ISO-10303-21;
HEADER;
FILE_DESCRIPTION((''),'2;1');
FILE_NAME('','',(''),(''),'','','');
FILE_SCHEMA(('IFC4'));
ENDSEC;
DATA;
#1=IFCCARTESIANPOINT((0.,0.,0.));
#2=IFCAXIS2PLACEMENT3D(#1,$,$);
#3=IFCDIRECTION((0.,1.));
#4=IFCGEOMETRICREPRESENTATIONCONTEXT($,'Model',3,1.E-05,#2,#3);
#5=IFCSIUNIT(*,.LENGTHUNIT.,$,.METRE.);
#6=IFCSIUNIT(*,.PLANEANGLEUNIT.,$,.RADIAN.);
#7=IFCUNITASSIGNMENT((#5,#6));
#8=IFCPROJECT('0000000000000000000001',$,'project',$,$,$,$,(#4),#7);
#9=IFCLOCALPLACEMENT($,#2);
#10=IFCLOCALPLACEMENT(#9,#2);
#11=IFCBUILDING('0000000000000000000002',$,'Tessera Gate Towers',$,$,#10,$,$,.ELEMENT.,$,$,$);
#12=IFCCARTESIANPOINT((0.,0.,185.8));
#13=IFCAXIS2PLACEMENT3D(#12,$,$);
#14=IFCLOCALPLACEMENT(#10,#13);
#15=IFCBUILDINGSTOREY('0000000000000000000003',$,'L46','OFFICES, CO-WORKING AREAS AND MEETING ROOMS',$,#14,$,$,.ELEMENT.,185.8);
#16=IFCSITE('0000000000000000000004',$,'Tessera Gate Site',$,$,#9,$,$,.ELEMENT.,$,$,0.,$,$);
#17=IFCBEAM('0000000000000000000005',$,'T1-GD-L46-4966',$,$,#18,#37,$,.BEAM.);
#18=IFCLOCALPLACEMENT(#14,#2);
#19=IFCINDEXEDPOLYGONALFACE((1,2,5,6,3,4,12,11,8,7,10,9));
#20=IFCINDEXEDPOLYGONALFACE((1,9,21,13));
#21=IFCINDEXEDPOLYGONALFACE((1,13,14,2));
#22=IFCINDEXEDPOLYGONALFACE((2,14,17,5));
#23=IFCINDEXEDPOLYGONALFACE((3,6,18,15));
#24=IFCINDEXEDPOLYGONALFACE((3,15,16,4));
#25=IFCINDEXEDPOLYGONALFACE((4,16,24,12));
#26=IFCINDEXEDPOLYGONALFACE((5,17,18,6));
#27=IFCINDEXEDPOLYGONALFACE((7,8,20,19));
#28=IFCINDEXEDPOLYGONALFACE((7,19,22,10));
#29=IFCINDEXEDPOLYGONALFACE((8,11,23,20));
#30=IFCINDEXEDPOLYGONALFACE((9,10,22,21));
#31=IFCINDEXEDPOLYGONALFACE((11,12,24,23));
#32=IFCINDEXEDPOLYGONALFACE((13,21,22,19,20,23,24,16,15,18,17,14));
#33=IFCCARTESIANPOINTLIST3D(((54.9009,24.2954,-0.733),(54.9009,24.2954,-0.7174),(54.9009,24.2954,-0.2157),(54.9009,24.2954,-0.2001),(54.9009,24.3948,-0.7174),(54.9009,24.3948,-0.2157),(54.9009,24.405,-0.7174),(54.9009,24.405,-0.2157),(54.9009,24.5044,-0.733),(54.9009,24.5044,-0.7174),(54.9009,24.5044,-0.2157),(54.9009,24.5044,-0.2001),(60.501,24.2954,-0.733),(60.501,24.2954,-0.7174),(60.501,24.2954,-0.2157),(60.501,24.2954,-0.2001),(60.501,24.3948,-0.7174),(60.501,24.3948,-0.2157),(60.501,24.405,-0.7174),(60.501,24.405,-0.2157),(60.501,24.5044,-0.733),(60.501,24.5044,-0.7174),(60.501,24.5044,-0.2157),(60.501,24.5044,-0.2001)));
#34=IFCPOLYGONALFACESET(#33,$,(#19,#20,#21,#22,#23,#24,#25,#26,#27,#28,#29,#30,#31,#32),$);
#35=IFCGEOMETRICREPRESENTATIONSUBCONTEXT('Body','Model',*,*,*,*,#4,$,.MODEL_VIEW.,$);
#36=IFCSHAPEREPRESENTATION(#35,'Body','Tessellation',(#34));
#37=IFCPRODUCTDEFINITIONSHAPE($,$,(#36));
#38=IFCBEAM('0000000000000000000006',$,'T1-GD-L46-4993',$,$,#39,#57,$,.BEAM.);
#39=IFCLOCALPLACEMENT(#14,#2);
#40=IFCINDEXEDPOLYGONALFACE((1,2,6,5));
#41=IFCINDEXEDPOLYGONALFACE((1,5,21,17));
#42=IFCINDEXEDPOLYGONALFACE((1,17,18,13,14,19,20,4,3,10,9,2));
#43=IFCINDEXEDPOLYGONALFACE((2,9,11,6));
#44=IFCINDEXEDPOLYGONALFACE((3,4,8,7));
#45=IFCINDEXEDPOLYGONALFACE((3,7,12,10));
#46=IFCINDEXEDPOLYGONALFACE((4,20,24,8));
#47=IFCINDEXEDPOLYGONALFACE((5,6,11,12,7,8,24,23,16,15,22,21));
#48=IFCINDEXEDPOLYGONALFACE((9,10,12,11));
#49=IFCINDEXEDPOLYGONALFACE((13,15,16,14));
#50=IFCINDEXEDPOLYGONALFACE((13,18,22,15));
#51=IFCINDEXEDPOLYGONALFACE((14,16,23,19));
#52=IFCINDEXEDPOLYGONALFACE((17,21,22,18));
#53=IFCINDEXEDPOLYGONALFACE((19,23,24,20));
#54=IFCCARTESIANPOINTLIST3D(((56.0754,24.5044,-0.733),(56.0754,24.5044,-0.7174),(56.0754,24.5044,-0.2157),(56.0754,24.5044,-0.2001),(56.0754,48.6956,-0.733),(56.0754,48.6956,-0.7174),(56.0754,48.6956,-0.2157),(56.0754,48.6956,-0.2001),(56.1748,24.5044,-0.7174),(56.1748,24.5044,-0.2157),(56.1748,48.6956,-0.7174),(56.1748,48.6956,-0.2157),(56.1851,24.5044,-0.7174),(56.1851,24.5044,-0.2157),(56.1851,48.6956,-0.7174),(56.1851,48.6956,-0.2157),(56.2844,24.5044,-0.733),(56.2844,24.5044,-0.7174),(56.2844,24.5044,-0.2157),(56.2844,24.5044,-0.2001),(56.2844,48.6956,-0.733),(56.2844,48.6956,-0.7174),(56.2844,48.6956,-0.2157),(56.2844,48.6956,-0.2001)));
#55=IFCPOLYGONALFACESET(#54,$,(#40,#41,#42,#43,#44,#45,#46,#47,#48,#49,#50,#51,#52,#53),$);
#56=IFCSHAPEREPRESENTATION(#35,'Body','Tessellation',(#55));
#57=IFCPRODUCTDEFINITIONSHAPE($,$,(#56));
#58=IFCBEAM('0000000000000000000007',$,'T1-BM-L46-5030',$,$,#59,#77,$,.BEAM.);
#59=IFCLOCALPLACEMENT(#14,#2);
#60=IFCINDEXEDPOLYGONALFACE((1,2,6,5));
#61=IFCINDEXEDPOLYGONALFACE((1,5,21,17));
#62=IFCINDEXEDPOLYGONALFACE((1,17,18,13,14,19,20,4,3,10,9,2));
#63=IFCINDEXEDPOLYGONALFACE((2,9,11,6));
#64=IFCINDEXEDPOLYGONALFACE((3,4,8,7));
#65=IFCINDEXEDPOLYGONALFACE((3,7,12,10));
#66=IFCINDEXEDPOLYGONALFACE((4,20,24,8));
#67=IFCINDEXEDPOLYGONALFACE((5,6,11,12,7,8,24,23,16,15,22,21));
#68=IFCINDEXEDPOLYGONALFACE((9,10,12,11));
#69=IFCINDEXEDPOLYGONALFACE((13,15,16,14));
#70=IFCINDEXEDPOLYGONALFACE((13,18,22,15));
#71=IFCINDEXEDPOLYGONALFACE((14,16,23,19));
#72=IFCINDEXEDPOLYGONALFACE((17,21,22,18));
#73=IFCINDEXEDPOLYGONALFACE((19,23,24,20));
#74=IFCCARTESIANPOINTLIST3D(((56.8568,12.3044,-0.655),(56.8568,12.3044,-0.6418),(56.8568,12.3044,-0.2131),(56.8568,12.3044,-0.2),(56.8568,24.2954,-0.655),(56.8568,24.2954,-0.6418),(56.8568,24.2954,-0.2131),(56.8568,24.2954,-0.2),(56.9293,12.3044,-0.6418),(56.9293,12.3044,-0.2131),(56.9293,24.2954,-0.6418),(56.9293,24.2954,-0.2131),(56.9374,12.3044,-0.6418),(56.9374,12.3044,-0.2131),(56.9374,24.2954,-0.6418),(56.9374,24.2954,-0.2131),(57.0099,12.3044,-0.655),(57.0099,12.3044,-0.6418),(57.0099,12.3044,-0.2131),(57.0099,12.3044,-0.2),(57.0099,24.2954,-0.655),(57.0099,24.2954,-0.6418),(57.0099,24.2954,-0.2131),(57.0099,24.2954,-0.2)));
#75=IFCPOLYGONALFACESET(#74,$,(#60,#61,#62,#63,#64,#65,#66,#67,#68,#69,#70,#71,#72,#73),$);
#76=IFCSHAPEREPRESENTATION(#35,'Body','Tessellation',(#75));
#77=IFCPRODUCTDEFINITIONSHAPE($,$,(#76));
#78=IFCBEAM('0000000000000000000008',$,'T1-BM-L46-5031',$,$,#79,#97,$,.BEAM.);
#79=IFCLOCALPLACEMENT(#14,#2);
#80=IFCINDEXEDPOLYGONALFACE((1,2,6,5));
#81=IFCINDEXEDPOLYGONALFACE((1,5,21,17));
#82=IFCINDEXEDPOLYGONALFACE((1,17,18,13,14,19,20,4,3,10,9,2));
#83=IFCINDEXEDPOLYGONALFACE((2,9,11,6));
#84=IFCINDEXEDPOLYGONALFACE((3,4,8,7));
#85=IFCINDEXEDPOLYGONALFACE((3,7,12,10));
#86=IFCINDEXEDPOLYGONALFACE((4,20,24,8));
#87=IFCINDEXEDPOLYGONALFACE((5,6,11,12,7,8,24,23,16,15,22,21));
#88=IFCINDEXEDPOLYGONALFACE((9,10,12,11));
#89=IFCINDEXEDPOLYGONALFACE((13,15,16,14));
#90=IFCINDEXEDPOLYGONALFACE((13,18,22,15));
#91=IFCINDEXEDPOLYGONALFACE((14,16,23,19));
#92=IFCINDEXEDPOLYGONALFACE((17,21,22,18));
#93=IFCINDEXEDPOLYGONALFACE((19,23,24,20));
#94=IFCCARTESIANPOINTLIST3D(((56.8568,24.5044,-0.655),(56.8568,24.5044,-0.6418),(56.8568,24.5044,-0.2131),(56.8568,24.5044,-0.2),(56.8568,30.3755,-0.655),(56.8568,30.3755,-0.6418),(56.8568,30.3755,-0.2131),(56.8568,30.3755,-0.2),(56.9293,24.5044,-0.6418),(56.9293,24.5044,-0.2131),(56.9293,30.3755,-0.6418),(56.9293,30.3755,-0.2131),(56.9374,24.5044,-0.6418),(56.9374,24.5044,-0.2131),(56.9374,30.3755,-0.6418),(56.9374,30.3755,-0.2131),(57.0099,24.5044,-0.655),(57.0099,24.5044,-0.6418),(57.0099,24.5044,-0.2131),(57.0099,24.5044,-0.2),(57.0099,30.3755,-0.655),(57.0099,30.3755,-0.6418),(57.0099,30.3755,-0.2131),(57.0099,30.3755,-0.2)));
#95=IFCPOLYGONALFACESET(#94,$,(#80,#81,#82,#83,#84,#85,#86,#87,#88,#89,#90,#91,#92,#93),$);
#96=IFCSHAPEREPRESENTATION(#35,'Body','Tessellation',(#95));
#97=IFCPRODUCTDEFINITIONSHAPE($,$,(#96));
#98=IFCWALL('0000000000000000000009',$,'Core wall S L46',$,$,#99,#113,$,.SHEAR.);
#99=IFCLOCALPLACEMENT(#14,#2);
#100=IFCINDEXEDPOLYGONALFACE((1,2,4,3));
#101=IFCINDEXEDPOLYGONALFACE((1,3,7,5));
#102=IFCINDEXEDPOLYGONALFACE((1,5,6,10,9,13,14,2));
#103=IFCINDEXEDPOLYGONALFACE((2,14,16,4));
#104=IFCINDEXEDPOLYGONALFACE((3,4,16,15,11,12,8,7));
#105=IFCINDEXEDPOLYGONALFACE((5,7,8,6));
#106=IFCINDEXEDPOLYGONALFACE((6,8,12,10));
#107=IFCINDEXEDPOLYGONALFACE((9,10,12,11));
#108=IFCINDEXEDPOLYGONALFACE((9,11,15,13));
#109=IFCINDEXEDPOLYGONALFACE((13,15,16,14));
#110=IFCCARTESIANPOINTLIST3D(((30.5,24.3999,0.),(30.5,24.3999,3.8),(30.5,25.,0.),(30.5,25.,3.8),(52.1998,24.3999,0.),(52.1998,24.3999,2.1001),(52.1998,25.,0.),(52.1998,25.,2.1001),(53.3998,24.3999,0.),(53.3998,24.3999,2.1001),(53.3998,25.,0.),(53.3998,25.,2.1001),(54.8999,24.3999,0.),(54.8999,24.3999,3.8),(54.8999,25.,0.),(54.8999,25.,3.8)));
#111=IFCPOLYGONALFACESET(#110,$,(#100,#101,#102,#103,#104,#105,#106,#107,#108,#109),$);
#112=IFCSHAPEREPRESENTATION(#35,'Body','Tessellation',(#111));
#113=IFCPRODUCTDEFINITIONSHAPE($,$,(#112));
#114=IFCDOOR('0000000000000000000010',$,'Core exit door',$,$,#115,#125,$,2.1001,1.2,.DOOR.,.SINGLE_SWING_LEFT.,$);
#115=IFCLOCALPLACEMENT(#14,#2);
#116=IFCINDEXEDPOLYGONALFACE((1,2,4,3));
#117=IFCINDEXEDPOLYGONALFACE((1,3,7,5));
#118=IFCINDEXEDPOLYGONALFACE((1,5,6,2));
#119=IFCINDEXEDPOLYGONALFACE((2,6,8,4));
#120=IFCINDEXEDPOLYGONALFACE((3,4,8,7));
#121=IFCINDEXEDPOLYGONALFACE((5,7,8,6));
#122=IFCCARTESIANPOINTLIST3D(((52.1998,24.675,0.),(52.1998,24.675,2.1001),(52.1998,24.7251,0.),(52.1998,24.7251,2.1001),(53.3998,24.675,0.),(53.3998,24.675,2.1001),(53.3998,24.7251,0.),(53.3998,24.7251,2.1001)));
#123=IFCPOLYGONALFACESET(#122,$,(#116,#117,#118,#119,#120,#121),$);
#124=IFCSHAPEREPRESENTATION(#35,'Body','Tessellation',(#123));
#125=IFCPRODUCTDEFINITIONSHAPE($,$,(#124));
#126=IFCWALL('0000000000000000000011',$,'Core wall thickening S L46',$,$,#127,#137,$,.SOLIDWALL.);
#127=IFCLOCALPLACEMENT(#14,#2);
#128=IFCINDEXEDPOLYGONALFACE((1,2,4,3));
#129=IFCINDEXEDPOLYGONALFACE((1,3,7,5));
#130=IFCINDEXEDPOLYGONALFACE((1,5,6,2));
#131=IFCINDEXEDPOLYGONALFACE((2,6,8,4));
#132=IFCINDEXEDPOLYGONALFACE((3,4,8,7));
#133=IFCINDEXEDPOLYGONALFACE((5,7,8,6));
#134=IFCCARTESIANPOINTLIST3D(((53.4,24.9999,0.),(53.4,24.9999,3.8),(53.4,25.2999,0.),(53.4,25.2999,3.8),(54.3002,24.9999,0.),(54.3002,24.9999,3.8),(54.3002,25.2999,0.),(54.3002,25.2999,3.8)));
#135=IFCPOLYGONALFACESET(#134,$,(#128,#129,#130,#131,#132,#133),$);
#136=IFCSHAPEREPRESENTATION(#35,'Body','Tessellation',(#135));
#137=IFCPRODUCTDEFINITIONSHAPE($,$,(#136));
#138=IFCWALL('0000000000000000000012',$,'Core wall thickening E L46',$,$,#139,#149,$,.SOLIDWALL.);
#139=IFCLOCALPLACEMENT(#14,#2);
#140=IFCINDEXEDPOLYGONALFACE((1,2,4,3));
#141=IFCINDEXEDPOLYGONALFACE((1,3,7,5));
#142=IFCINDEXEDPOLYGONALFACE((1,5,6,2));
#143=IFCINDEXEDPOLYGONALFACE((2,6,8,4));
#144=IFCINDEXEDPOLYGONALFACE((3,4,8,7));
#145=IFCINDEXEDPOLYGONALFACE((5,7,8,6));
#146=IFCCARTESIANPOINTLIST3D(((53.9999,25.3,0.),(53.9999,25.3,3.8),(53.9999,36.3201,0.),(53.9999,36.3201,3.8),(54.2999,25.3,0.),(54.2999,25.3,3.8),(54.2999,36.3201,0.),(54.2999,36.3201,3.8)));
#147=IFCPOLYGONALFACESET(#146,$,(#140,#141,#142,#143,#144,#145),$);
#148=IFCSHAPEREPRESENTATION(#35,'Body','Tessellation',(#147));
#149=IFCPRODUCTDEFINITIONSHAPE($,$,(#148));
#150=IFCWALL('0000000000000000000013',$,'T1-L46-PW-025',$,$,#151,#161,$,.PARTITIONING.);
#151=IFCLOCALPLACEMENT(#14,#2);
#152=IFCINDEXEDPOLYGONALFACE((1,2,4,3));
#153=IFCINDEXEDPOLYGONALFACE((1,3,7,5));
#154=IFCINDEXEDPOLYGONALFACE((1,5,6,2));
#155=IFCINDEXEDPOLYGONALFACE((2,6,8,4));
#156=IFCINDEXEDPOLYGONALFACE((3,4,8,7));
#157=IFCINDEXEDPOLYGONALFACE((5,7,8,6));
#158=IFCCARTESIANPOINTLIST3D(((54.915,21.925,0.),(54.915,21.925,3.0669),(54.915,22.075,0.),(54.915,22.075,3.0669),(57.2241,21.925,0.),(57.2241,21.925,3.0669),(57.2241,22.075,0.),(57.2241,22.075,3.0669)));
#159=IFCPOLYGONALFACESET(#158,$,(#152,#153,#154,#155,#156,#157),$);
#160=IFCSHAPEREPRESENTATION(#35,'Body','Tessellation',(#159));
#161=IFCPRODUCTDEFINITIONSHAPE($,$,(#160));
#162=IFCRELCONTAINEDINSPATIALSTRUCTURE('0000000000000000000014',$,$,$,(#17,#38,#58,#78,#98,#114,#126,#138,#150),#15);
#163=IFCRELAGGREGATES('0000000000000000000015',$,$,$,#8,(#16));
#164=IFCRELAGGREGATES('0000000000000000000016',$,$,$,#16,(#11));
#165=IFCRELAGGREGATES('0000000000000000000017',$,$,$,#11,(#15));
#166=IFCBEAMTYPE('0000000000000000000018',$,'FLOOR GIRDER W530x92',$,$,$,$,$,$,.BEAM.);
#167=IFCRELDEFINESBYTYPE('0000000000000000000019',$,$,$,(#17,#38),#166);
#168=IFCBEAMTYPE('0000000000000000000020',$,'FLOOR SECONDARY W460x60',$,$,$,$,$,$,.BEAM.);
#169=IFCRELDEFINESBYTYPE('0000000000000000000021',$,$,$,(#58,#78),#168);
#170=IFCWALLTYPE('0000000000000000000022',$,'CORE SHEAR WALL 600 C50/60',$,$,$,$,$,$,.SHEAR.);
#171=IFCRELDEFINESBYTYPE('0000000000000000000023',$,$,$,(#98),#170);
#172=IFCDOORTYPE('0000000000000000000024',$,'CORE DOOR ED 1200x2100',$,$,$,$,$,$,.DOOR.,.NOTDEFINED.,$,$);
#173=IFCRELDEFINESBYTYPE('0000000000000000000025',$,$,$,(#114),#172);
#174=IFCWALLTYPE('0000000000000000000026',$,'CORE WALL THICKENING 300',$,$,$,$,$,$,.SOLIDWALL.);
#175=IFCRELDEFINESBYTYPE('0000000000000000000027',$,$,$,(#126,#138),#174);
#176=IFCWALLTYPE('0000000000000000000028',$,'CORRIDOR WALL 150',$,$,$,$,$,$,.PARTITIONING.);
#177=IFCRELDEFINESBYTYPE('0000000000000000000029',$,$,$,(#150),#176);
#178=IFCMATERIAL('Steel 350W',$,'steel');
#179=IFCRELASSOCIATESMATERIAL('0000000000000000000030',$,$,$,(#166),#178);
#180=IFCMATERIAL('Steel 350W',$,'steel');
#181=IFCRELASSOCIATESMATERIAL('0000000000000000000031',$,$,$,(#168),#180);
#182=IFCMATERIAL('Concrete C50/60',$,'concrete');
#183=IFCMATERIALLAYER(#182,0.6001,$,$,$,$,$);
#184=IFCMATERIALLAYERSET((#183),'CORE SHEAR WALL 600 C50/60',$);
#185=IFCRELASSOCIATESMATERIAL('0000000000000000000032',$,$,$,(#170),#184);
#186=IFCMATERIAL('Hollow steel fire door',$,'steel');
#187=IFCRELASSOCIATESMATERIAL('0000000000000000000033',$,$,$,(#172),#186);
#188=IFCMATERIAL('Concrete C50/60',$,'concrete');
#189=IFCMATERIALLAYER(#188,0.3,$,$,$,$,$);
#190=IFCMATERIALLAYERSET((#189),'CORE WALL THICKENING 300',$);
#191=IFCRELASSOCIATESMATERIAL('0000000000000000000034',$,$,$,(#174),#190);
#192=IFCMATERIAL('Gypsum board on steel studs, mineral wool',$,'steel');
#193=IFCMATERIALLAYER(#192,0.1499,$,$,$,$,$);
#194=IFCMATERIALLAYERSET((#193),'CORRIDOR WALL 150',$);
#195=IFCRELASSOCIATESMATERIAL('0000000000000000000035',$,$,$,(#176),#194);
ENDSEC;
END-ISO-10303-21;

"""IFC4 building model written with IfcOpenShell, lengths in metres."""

from ifc_helpers import new_model, si_unit, direction, frame, frame_2d, origin, origin_2d, place, context, subcontext, project, spatial, rectangle, i_section, extrude, source, transform, mapped, material, layer, layer_set, material_profile, profile_set, type_object, element, fill, save


model = new_model("IFC4")

# Units and contexts
model_context = context("Model", 3, precision=1e-05, world=origin(), true_north=direction((0.0, 1.0)))
body_context = subcontext(model_context, "Body", "Model", "MODEL_VIEW")
ifc_project = project(units=[si_unit("LENGTHUNIT", "METRE"), si_unit("PLANEANGLEUNIT", "RADIAN")], contexts=[model_context])

# Site, building, storey
site_placement = place(None, origin())
site = spatial("IfcSite", under=ifc_project, at=site_placement, Name="Tessera Gate Site", CompositionType="ELEMENT", RefElevation=0.0)
building_placement = place(site_placement, origin())
building = spatial("IfcBuilding", under=site, at=building_placement, Name="Tessera Gate Towers", CompositionType="ELEMENT")
storey_placement = place(building_placement, frame((0.0, 0.0, 185.8)))
storey = spatial("IfcBuildingStorey", under=building, at=storey_placement, Name="L46", Description="OFFICES, CO-WORKING AREAS AND MEETING ROOMS", CompositionType="ELEMENT", Elevation=185.8)

# Beams
ifc_material_1 = material(Name="Steel 350W", Category="steel")
ifc_material_profile_1 = material_profile(ifc_material_1, i_section(OverallWidth=0.209, OverallDepth=0.533, WebThickness=0.0103, FlangeThickness=0.0156, at=origin_2d()), Name="W530x92")
ifc_profile_set_1 = profile_set([ifc_material_profile_1], Name="Steel 350W")
beam_type_1 = type_object("IfcBeamType", Name="FLOOR GIRDER W530x92", PredefinedType="BEAM", material=ifc_profile_set_1)
beam_1_placement = place(storey_placement, frame((54.9009, 24.3999, -0.4666), z_axis=(1.0, 0.0, 0.0), x_axis=(0.0, 1.0, 0.0)))
element("IfcBeam", 1, at=beam_1_placement, inside=storey, type_object=beam_type_1, Name="T1-GD-L46-4966", PredefinedType="BEAM", context=body_context, shape_type="SweptSolid", body=[
    extrude(i_section(OverallWidth=0.209, OverallDepth=0.533, WebThickness=0.0103, FlangeThickness=0.0156, at=origin_2d()), origin(), (0.0, 0.0, 1.0), 5.6001),
])
beam_2_placement = place(storey_placement, frame((56.1799, 24.5044, -0.4666), z_axis=(0.0, 1.0, 0.0), x_axis=(-1.0, 0.0, 0.0)))
element("IfcBeam", 2, at=beam_2_placement, inside=storey, type_object=beam_type_1, Name="T1-GD-L46-4993", PredefinedType="BEAM", context=body_context, shape_type="SweptSolid", body=[
    extrude(i_section(OverallWidth=0.209, OverallDepth=0.533, WebThickness=0.0103, FlangeThickness=0.0156, at=origin_2d()), origin(), (0.0, 0.0, 1.0), 24.1912),
])
ifc_material_2 = material(Name="Steel 350W", Category="steel")
ifc_material_profile_2 = material_profile(ifc_material_2, i_section(OverallWidth=0.1531, OverallDepth=0.4551, WebThickness=0.0081, FlangeThickness=0.0132, at=origin_2d()), Name="W460x60")
ifc_profile_set_2 = profile_set([ifc_material_profile_2], Name="Steel 350W")
beam_type_2 = type_object("IfcBeamType", Name="FLOOR SECONDARY W460x60", PredefinedType="BEAM", material=ifc_profile_set_2)
beam_3_placement = place(storey_placement, frame((56.9333, 12.3044, -0.4275), z_axis=(0.0, 1.0, 0.0), x_axis=(-1.0, 0.0, 0.0)))
element("IfcBeam", 3, at=beam_3_placement, inside=storey, type_object=beam_type_2, Name="T1-BM-L46-5030", PredefinedType="BEAM", context=body_context, shape_type="SweptSolid", body=[
    extrude(i_section(OverallWidth=0.1531, OverallDepth=0.4551, WebThickness=0.0081, FlangeThickness=0.0132, at=origin_2d()), origin(), (0.0, 0.0, 1.0), 11.991),
])
beam_4_placement = place(storey_placement, frame((56.9333, 24.5044, -0.4275), z_axis=(0.0, 1.0, 0.0), x_axis=(-1.0, 0.0, 0.0)))
element("IfcBeam", 4, at=beam_4_placement, inside=storey, type_object=beam_type_2, Name="T1-BM-L46-5031", PredefinedType="BEAM", context=body_context, shape_type="SweptSolid", body=[
    extrude(i_section(OverallWidth=0.1531, OverallDepth=0.4551, WebThickness=0.0081, FlangeThickness=0.0132, at=origin_2d()), origin(), (0.0, 0.0, 1.0), 5.8711),
])

# Wall, opening, door
ifc_material_3 = material(Name="Concrete C50/60", Category="concrete")
ifc_layer_1 = layer(ifc_material_3, 0.6001)
ifc_layer_set_1 = layer_set([ifc_layer_1], Name="CORE SHEAR WALL 600 C50/60")
wall_type_1 = type_object("IfcWallType", Name="CORE SHEAR WALL 600 C50/60", PredefinedType="SHEAR", material=ifc_layer_set_1)
wall_1_placement = place(storey_placement, frame((54.8999, 24.7, 0.0), z_axis=(0.0, 0.0, 1.0), x_axis=(-1.0, 0.0, 0.0)))
wall_1 = element("IfcWall", 5, at=wall_1_placement, inside=storey, type_object=wall_type_1, Name="Core wall S L46", PredefinedType="SHEAR", context=body_context, shape_type="SweptSolid", body=[
    extrude(rectangle(XDim=24.3999, YDim=0.6001, at=frame_2d((12.2, 0.0))), origin(), (0.0, 0.0, 1.0), 3.8),
])
shared_shape_1 = source(origin(), body_context, "Body", "SweptSolid", [
    extrude(rectangle(XDim=1.2, YDim=2.1001, at=frame_2d((0.6001, 1.05))), frame((0.0, 0.3101, 0.0), z_axis=(0.0, -1.0, 0.0), x_axis=(1.0, 0.0, 0.0)), (0.0, 0.0, 1.0), 0.6201),
])
opening_1_placement = place(wall_1_placement, frame((1.5, 0.0, 0.0)))
opening_1 = element("IfcOpeningElement", 6, at=opening_1_placement, cuts=wall_1, PredefinedType="OPENING", context=body_context, shape_type="MappedRepresentation", body=[
    mapped(shared_shape_1, transform((0.0, 0.0, 0.0), scale=1.0)),
])
ifc_material_4 = material(Name="Hollow steel fire door", Category="steel")
door_type_1 = type_object("IfcDoorType", Name="CORE DOOR ED 1200x2100", OperationType="NOTDEFINED", PredefinedType="DOOR", material=ifc_material_4)
shared_shape_2 = source(origin(), body_context, "Body", "SweptSolid", [
    extrude(rectangle(XDim=1.2, YDim=2.1001, at=frame_2d((0.6001, 1.05))), frame((0.0, 0.0249, 0.0), z_axis=(0.0, -1.0, 0.0), x_axis=(1.0, 0.0, 0.0)), (0.0, 0.0, 1.0), 0.05),
])
door_1_placement = place(opening_1_placement, origin())
door_1 = element("IfcDoor", 7, at=door_1_placement, inside=storey, type_object=door_type_1, Name="Core exit door", OperationType="SINGLE_SWING_LEFT", OverallHeight=2.1001, OverallWidth=1.2, PredefinedType="DOOR", context=body_context, shape_type="MappedRepresentation", body=[
    mapped(shared_shape_2, transform((0.0, 0.0, 0.0), scale=1.0)),
])
fill(opening_1, door_1)

# Walls
ifc_material_5 = material(Name="Concrete C50/60", Category="concrete")
ifc_layer_2 = layer(ifc_material_5, 0.3)
ifc_layer_set_2 = layer_set([ifc_layer_2], Name="CORE WALL THICKENING 300")
wall_type_2 = type_object("IfcWallType", Name="CORE WALL THICKENING 300", PredefinedType="SOLIDWALL", material=ifc_layer_set_2)
wall_2_placement = place(storey_placement, frame((53.3999, 25.1499, 0.0), z_axis=(0.0, 0.0, 1.0), x_axis=(1.0, 0.0, 0.0)))
element("IfcWall", 8, at=wall_2_placement, inside=storey, type_object=wall_type_2, Name="Core wall thickening S L46", PredefinedType="SOLIDWALL", context=body_context, shape_type="SweptSolid", body=[
    extrude(rectangle(XDim=0.9001, YDim=0.3, at=frame_2d((0.4502, 0.0))), origin(), (0.0, 0.0, 1.0), 3.8),
])
wall_3_placement = place(storey_placement, frame((54.1499, 25.3, 0.0), z_axis=(0.0, 0.0, 1.0), x_axis=(0.0, 1.0, 0.0)))
element("IfcWall", 9, at=wall_3_placement, inside=storey, type_object=wall_type_2, Name="Core wall thickening E L46", PredefinedType="SOLIDWALL", context=body_context, shape_type="SweptSolid", body=[
    extrude(rectangle(XDim=11.02, YDim=0.3, at=frame_2d((5.51, 0.0))), origin(), (0.0, 0.0, 1.0), 3.8),
])
ifc_material_6 = material(Name="Gypsum board on steel studs, mineral wool", Category="steel")
ifc_layer_3 = layer(ifc_material_6, 0.1499)
ifc_layer_set_3 = layer_set([ifc_layer_3], Name="CORRIDOR WALL 150")
wall_type_3 = type_object("IfcWallType", Name="CORRIDOR WALL 150", PredefinedType="PARTITIONING", material=ifc_layer_set_3)
wall_4_placement = place(storey_placement, frame((54.915, 22.0, 0.0), z_axis=(0.0, 0.0, 1.0), x_axis=(1.0, 0.0, 0.0)))
element("IfcWall", 10, at=wall_4_placement, inside=storey, type_object=wall_type_3, Name="T1-L46-PW-025", PredefinedType="PARTITIONING", context=body_context, shape_type="SweptSolid", body=[
    extrude(rectangle(XDim=2.3091, YDim=0.1499, at=frame_2d((1.1545, 0.0))), origin(), (0.0, 0.0, 1.0), 3.0669),
])

save(model, "model.ifc")
